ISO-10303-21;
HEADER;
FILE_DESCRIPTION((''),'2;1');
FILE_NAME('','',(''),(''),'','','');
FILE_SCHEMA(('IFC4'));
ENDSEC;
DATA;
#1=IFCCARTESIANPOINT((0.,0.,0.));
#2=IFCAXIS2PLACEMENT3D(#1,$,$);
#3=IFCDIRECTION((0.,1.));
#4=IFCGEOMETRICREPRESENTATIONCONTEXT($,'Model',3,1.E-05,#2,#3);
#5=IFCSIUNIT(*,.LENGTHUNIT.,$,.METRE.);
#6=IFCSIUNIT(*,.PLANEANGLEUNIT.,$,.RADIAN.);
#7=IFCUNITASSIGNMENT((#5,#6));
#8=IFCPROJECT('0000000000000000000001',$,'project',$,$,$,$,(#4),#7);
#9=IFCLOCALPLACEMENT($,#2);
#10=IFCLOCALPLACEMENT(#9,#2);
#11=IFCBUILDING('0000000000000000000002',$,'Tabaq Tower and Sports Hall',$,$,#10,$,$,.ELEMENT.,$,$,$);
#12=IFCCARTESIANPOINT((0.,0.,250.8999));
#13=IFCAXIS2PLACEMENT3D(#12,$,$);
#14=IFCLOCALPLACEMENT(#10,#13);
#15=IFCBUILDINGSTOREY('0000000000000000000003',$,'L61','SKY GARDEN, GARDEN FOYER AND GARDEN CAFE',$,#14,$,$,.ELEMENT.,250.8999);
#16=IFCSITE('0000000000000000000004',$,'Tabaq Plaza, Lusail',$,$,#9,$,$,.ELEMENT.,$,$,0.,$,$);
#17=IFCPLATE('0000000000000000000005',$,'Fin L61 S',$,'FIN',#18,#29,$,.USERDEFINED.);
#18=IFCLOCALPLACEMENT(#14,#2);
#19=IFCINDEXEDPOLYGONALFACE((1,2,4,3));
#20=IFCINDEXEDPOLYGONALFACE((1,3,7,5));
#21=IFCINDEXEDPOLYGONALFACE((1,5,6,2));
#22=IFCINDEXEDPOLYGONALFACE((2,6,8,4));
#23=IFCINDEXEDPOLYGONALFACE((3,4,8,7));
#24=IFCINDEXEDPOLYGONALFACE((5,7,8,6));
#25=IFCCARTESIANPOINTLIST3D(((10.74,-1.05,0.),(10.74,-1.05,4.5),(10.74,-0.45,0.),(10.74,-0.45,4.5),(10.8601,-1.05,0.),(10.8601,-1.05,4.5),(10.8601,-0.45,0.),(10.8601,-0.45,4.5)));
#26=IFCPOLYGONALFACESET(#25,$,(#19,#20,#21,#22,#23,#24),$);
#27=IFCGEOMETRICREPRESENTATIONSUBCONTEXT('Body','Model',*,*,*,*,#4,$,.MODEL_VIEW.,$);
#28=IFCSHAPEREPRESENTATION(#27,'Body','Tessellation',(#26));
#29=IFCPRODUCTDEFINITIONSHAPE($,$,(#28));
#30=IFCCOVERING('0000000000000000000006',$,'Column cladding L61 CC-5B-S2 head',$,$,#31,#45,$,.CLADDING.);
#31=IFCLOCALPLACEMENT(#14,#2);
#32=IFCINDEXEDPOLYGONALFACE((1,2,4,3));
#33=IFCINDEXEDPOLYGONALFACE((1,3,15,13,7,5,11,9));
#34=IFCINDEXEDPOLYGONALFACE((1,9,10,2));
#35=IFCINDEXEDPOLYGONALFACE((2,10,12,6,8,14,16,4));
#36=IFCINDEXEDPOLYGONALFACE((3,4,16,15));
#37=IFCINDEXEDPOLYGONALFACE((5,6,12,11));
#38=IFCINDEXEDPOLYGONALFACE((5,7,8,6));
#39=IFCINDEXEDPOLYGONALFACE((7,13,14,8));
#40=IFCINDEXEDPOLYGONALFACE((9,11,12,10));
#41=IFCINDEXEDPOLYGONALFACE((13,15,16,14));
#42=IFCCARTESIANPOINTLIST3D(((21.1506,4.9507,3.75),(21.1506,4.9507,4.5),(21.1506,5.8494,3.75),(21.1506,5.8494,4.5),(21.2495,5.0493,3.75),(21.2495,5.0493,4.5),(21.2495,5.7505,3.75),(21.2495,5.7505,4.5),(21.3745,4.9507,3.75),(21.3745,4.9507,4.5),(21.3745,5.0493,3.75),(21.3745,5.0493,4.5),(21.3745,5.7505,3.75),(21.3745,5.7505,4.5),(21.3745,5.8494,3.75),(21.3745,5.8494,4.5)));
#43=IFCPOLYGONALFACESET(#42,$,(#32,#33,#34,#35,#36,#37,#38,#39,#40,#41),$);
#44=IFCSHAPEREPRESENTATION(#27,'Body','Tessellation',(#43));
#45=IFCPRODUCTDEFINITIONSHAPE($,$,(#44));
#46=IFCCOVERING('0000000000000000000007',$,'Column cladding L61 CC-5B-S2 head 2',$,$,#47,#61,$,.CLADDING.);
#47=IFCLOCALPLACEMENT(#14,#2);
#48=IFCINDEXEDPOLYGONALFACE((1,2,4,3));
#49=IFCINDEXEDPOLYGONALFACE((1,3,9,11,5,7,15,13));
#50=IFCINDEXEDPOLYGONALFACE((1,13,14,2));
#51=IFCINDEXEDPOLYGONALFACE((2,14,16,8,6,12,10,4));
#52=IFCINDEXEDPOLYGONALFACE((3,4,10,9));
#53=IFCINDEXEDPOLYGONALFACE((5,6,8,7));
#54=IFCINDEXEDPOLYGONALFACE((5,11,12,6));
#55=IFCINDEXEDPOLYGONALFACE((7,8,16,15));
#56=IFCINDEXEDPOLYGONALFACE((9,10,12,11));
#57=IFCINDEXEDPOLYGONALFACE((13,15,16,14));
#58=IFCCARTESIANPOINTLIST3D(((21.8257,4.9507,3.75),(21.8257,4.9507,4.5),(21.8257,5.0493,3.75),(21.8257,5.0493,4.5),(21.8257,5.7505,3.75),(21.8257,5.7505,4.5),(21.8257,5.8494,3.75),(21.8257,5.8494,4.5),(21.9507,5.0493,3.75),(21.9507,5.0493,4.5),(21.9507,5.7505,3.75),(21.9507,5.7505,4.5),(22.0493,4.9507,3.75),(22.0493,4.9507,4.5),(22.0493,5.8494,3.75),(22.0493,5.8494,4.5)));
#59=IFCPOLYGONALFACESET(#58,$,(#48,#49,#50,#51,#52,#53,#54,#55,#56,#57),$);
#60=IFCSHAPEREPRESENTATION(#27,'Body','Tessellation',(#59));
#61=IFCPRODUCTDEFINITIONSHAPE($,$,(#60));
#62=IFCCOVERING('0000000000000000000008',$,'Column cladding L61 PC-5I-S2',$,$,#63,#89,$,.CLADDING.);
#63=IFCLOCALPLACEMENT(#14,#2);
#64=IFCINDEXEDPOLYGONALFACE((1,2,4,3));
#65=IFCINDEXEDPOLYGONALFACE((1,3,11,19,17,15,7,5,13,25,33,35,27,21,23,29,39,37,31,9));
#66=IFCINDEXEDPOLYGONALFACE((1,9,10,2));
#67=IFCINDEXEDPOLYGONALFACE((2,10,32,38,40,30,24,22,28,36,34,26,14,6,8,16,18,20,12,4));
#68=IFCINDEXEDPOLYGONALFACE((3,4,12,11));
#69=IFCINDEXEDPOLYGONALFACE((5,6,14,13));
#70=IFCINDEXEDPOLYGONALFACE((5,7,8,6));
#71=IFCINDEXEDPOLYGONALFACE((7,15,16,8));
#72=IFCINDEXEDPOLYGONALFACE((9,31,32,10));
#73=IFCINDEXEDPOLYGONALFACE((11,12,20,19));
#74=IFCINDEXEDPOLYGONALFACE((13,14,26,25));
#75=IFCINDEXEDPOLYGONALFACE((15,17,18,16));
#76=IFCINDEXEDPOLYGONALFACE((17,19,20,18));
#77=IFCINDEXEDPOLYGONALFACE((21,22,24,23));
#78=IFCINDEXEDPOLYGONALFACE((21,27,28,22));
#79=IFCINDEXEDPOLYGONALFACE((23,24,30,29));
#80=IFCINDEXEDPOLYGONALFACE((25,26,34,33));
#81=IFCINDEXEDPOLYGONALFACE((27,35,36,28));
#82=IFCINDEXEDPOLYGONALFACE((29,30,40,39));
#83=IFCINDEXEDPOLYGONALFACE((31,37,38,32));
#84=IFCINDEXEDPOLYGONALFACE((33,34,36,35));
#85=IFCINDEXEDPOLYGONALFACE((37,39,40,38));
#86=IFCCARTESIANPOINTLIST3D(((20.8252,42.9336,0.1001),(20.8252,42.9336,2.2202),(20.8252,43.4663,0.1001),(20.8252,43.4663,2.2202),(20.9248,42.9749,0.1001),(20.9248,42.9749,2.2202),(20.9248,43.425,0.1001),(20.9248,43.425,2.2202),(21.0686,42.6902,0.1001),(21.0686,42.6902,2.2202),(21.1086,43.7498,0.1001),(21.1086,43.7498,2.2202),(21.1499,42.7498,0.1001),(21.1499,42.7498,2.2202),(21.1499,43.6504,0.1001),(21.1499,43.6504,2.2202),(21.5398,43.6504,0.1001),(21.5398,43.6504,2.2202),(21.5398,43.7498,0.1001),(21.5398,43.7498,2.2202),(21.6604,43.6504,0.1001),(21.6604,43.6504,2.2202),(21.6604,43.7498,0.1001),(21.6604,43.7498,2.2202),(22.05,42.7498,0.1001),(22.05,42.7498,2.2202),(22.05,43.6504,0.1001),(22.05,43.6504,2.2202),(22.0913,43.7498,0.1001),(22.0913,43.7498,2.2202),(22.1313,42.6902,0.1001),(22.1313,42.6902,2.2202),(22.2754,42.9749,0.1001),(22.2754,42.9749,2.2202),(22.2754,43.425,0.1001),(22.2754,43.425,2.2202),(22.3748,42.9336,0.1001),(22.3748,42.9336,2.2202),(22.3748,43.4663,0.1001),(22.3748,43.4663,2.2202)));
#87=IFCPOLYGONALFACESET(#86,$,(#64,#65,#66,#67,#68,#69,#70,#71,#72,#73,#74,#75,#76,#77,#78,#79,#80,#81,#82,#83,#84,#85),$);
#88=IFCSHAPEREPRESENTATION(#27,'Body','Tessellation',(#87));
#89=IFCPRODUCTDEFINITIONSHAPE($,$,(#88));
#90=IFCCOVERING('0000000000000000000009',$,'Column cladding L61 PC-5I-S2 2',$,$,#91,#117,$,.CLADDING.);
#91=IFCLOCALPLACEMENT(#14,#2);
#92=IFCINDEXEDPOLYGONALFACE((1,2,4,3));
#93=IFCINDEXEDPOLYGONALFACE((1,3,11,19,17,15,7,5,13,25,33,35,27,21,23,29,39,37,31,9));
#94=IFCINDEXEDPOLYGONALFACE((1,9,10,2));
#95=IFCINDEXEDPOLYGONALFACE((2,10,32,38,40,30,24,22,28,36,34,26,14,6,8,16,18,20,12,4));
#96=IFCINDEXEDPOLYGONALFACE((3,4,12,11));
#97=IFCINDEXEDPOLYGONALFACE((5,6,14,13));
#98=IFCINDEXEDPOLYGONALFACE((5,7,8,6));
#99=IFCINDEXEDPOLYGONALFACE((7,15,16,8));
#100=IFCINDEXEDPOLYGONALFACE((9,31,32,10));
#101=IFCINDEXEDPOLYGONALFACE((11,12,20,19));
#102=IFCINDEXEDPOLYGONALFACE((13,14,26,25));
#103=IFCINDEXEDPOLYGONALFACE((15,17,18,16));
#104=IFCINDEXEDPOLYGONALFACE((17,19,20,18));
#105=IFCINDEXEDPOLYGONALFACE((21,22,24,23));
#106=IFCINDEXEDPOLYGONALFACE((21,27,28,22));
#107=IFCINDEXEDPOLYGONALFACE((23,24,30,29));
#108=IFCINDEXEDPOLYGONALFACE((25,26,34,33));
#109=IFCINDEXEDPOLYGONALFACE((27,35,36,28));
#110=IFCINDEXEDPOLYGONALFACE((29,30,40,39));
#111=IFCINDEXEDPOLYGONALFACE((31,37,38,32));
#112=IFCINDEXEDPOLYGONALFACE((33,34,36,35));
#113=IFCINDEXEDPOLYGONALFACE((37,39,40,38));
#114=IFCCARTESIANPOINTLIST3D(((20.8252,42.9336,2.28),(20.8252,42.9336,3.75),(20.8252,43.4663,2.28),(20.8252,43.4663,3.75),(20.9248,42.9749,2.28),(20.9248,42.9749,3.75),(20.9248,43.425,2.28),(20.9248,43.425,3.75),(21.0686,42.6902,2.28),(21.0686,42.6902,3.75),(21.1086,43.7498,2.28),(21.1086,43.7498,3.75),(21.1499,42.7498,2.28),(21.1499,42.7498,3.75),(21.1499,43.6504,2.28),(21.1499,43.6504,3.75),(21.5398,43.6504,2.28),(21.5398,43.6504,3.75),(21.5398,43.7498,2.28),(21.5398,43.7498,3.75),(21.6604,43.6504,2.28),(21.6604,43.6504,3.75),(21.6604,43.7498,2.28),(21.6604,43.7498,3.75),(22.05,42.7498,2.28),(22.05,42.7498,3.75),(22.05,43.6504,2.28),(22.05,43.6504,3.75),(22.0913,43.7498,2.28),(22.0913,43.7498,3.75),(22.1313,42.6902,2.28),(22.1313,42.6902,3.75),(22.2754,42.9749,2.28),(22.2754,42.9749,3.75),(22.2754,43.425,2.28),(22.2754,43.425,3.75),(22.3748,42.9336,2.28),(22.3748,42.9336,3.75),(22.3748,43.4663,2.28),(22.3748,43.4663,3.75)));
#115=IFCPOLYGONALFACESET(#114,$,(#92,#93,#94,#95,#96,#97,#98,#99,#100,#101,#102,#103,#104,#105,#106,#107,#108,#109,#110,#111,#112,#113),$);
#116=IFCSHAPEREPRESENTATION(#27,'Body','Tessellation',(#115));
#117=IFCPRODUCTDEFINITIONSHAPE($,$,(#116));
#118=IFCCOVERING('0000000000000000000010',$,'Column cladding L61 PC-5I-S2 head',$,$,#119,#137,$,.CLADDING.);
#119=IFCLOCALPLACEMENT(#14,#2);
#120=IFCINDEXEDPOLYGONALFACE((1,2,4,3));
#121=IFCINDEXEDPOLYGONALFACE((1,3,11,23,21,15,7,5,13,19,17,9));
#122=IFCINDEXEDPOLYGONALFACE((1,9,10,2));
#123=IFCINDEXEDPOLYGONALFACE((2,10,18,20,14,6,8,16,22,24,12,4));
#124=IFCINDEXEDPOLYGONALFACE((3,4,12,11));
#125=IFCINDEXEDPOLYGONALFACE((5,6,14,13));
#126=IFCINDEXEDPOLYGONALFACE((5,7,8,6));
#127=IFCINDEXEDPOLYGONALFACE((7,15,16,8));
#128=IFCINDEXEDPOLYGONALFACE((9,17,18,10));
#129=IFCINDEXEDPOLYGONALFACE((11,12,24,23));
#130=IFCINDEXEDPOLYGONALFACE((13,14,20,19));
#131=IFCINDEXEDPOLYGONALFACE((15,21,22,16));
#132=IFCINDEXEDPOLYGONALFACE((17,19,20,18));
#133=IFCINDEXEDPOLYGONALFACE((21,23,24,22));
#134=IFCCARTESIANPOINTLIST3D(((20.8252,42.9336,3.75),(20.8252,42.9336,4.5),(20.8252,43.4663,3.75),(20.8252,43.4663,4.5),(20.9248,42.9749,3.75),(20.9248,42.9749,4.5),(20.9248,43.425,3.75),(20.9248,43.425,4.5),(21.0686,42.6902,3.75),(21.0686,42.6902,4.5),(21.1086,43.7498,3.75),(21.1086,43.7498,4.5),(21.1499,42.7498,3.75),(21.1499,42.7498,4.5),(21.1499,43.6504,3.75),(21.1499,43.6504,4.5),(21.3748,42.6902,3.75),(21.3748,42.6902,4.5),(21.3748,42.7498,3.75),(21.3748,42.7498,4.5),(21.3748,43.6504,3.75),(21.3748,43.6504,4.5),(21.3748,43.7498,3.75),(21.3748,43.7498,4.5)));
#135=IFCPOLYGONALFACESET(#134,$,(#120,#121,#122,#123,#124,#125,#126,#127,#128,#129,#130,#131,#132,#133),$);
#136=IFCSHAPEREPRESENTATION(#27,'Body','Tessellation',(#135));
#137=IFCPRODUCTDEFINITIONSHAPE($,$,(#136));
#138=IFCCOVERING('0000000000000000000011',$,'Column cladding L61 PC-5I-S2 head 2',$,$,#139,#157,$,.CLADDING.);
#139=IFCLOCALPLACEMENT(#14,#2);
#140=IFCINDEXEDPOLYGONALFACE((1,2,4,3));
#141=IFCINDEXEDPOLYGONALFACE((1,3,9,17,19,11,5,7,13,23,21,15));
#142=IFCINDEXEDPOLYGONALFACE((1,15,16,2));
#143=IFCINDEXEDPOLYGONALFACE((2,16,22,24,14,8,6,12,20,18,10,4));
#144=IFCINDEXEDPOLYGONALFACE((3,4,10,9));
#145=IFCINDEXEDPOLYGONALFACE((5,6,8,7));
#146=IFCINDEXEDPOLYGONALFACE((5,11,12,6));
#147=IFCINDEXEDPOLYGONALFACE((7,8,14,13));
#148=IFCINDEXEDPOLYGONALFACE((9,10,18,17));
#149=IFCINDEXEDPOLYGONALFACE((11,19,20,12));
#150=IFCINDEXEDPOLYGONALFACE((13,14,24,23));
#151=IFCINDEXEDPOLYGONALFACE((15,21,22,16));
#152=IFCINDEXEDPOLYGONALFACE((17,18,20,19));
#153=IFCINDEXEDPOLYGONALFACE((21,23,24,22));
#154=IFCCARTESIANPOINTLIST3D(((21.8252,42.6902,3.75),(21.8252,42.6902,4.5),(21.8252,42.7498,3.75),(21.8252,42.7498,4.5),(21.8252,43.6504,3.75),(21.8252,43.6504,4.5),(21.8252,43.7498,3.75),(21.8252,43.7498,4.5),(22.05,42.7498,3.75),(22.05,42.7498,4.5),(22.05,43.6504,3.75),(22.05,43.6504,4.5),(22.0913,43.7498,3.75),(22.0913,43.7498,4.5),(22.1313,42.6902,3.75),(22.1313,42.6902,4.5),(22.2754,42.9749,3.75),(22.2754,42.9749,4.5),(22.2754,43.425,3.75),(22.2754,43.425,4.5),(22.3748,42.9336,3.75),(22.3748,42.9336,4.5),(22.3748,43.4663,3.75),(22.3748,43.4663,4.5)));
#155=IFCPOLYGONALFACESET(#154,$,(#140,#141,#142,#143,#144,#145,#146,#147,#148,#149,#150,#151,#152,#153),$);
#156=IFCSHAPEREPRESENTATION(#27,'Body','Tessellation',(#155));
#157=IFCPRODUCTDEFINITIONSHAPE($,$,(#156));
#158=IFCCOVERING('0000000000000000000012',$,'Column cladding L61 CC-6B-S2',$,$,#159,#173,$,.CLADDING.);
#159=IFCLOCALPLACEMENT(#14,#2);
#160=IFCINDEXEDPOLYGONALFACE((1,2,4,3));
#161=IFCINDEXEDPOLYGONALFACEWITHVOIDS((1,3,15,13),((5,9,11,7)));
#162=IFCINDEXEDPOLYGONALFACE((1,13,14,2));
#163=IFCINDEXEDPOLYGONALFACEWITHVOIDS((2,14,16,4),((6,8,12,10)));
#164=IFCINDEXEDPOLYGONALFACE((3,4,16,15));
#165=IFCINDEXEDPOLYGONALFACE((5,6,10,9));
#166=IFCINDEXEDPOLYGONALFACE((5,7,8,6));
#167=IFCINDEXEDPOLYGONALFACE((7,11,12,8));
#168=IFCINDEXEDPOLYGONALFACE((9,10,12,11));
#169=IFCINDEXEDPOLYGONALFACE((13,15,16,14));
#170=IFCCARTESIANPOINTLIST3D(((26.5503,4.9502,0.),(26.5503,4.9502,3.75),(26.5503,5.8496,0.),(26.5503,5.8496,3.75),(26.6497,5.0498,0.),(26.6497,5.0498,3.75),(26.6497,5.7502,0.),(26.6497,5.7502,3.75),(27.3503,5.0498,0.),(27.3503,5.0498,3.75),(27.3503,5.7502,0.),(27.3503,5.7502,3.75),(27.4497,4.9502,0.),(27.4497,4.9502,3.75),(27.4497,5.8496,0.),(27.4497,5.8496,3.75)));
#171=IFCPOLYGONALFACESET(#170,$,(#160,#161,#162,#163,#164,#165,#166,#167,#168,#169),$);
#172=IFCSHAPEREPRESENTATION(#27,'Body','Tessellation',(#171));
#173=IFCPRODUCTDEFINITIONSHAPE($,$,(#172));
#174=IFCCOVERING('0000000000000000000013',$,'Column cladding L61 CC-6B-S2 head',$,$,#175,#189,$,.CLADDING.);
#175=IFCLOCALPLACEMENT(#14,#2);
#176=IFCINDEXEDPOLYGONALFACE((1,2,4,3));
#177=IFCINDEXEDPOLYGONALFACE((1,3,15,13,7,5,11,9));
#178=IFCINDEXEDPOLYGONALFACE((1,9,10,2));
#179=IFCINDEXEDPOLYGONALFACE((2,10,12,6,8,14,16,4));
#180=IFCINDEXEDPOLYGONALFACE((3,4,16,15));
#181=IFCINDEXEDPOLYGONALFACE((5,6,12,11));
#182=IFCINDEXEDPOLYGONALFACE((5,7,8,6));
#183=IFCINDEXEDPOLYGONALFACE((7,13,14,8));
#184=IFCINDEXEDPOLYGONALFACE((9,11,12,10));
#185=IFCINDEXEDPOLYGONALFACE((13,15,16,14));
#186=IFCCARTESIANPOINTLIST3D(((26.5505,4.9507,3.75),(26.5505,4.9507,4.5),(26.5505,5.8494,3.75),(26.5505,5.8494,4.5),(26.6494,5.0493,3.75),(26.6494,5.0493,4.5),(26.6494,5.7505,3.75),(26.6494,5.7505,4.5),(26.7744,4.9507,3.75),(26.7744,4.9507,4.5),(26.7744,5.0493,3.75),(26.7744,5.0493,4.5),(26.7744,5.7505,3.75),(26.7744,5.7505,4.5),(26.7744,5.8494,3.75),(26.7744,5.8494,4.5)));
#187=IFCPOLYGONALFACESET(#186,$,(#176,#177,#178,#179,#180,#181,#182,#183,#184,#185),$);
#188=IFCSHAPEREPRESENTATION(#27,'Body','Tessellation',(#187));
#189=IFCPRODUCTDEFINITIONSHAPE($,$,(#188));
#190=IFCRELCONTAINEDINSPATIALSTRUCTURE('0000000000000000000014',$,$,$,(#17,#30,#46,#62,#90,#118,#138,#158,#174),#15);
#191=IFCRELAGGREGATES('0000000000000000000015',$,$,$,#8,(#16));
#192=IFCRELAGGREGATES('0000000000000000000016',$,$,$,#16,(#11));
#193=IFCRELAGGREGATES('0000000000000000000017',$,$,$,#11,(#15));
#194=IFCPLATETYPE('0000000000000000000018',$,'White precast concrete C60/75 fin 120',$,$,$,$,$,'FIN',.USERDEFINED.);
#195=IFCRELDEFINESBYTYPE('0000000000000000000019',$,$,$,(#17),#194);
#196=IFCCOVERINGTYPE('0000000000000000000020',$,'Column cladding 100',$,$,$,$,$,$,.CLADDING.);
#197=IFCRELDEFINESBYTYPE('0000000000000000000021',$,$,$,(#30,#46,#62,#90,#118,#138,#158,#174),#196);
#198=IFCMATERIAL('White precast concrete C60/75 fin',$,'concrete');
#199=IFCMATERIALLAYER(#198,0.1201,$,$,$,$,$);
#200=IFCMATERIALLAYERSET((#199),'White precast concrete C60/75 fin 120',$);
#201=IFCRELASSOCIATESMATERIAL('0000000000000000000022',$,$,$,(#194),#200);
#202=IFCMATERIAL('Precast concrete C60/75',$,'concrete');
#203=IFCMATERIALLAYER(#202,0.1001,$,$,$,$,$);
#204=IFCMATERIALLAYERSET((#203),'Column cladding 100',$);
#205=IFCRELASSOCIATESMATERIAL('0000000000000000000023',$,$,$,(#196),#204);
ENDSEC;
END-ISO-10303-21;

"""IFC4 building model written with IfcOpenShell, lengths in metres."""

from ifc_helpers import new_model, si_unit, direction, frame, origin, origin_2d, place, context, subcontext, project, spatial, polyline, rectangle, outline, extrude, material, layer, layer_set, type_object, element, save


model = new_model("IFC4")

# Units and contexts
model_context = context("Model", 3, precision=1e-05, world=origin(), true_north=direction((0.0, 1.0)))
body_context = subcontext(model_context, "Body", "Model", "MODEL_VIEW")
ifc_project = project(units=[si_unit("LENGTHUNIT", "METRE"), si_unit("PLANEANGLEUNIT", "RADIAN")], contexts=[model_context])

# Site, building, storey
site_placement = place(None, origin())
site = spatial("IfcSite", under=ifc_project, at=site_placement, Name="Tabaq Plaza, Lusail", CompositionType="ELEMENT", RefElevation=0.0)
building_placement = place(site_placement, origin())
building = spatial("IfcBuilding", under=site, at=building_placement, Name="Tabaq Tower and Sports Hall", CompositionType="ELEMENT")
storey_placement = place(building_placement, frame((0.0, 0.0, 250.8999)))
storey = spatial("IfcBuildingStorey", under=building, at=storey_placement, Name="L61", Description="SKY GARDEN, GARDEN FOYER AND GARDEN CAFE", CompositionType="ELEMENT", Elevation=250.8999)

# Plate
ifc_material_1 = material(Name="White precast concrete C60/75 fin", Category="concrete")
ifc_layer_1 = layer(ifc_material_1, 0.1201)
ifc_layer_set_1 = layer_set([ifc_layer_1], Name="White precast concrete C60/75 fin 120")
plate_type = type_object("IfcPlateType", Name="White precast concrete C60/75 fin 120", ElementType="FIN", PredefinedType="USERDEFINED", material=ifc_layer_set_1)
plate_placement = place(storey_placement, frame((10.8, -0.75, 0.0), z_axis=(0.0, 0.0, 1.0), x_axis=(1.0, 0.0, 0.0)))
element("IfcPlate", 1, at=plate_placement, inside=storey, type_object=plate_type, Name="Fin L61 S", ObjectType="FIN", PredefinedType="USERDEFINED", context=body_context, shape_type="SweptSolid", body=[
    extrude(rectangle(XDim=0.1201, YDim=0.6001, at=origin_2d()), origin(), (0.0, 0.0, 1.0), 4.5),
])

# Coverings
ifc_material_2 = material(Name="Precast concrete C60/75", Category="concrete")
ifc_layer_2 = layer(ifc_material_2, 0.1001)
ifc_layer_set_2 = layer_set([ifc_layer_2], Name="Column cladding 100")
covering_type = type_object("IfcCoveringType", Name="Column cladding 100", PredefinedType="CLADDING", material=ifc_layer_set_2)
covering_1_placement = place(storey_placement, frame((0.0, 0.0, 3.75)))
element("IfcCovering", 2, at=covering_1_placement, inside=storey, type_object=covering_type, Name="Column cladding L61 CC-5B-S2 head", PredefinedType="CLADDING", context=body_context, shape_type="SweptSolid", body=[
    extrude(outline(polyline([(21.3745, 5.0493), (21.3745, 4.9507), (21.1506, 4.9507), (21.1506, 5.8494), (21.3745, 5.8494), (21.3745, 5.7505), (21.2495, 5.7505), (21.2495, 5.0493), (21.3745, 5.0493)])), origin(), (0.0, 0.0, 1.0), 0.75),
])
covering_2_placement = place(storey_placement, frame((0.0, 0.0, 3.75)))
element("IfcCovering", 3, at=covering_2_placement, inside=storey, type_object=covering_type, Name="Column cladding L61 CC-5B-S2 head 2", PredefinedType="CLADDING", context=body_context, shape_type="SweptSolid", body=[
    extrude(outline(polyline([(21.8257, 5.0493), (21.9507, 5.0493), (21.9507, 5.7505), (21.8257, 5.7505), (21.8257, 5.8494), (22.0493, 5.8494), (22.0493, 4.9507), (21.8257, 4.9507), (21.8257, 5.0493)])), origin(), (0.0, 0.0, 1.0), 0.75),
])
covering_3_placement = place(storey_placement, frame((0.0, 0.0, 0.1001)))
element("IfcCovering", 4, at=covering_3_placement, inside=storey, type_object=covering_type, Name="Column cladding L61 PC-5I-S2", PredefinedType="CLADDING", context=body_context, shape_type="SweptSolid", body=[
    extrude(outline(polyline([(20.8252, 43.4663), (21.1086, 43.7498), (21.5398, 43.7498), (21.5398, 43.6504), (21.1499, 43.6504), (20.9248, 43.425), (20.9248, 42.9749), (21.1499, 42.7498), (22.05, 42.7498), (22.2754, 42.9749), (22.2754, 43.425), (22.05, 43.6504), (21.6604, 43.6504), (21.6604, 43.7498), (22.0913, 43.7498), (22.3748, 43.4663), (22.3748, 42.9336), (22.1313, 42.6902), (21.0686, 42.6902), (20.8252, 42.9336), (20.8252, 43.4663)])), origin(), (0.0, 0.0, 1.0), 2.1201),
])
covering_4_placement = place(storey_placement, frame((0.0, 0.0, 2.28)))
element("IfcCovering", 5, at=covering_4_placement, inside=storey, type_object=covering_type, Name="Column cladding L61 PC-5I-S2 2", PredefinedType="CLADDING", context=body_context, shape_type="SweptSolid", body=[
    extrude(outline(polyline([(20.8252, 43.4663), (21.1086, 43.7498), (21.5398, 43.7498), (21.5398, 43.6504), (21.1499, 43.6504), (20.9248, 43.425), (20.9248, 42.9749), (21.1499, 42.7498), (22.05, 42.7498), (22.2754, 42.9749), (22.2754, 43.425), (22.05, 43.6504), (21.6604, 43.6504), (21.6604, 43.7498), (22.0913, 43.7498), (22.3748, 43.4663), (22.3748, 42.9336), (22.1313, 42.6902), (21.0686, 42.6902), (20.8252, 42.9336), (20.8252, 43.4663)])), origin(), (0.0, 0.0, 1.0), 1.47),
])
covering_5_placement = place(storey_placement, frame((0.0, 0.0, 3.75)))
element("IfcCovering", 6, at=covering_5_placement, inside=storey, type_object=covering_type, Name="Column cladding L61 PC-5I-S2 head", PredefinedType="CLADDING", context=body_context, shape_type="SweptSolid", body=[
    extrude(outline(polyline([(21.1086, 43.7498), (21.3748, 43.7498), (21.3748, 43.6504), (21.1499, 43.6504), (20.9248, 43.425), (20.9248, 42.9749), (21.1499, 42.7498), (21.3748, 42.7498), (21.3748, 42.6902), (21.0686, 42.6902), (20.8252, 42.9336), (20.8252, 43.4663), (21.1086, 43.7498)])), origin(), (0.0, 0.0, 1.0), 0.75),
])
covering_6_placement = place(storey_placement, frame((0.0, 0.0, 3.75)))
element("IfcCovering", 7, at=covering_6_placement, inside=storey, type_object=covering_type, Name="Column cladding L61 PC-5I-S2 head 2", PredefinedType="CLADDING", context=body_context, shape_type="SweptSolid", body=[
    extrude(outline(polyline([(22.05, 42.7498), (22.2754, 42.9749), (22.2754, 43.425), (22.05, 43.6504), (21.8252, 43.6504), (21.8252, 43.7498), (22.0913, 43.7498), (22.3748, 43.4663), (22.3748, 42.9336), (22.1313, 42.6902), (21.8252, 42.6902), (21.8252, 42.7498), (22.05, 42.7498)])), origin(), (0.0, 0.0, 1.0), 0.75),
])
covering_7_placement = place(storey_placement, origin())
element("IfcCovering", 8, at=covering_7_placement, inside=storey, type_object=covering_type, Name="Column cladding L61 CC-6B-S2", PredefinedType="CLADDING", context=body_context, shape_type="SweptSolid", body=[
    extrude(outline(polyline([(26.5503, 5.8496), (27.4497, 5.8496), (27.4497, 4.9502), (26.5503, 4.9502), (26.5503, 5.8496)]), holes=[polyline([(27.3503, 5.0498), (27.3503, 5.7502), (26.6497, 5.7502), (26.6497, 5.0498), (27.3503, 5.0498)])]), origin(), (0.0, 0.0, 1.0), 3.75),
])
covering_8_placement = place(storey_placement, frame((0.0, 0.0, 3.75)))
element("IfcCovering", 9, at=covering_8_placement, inside=storey, type_object=covering_type, Name="Column cladding L61 CC-6B-S2 head", PredefinedType="CLADDING", context=body_context, shape_type="SweptSolid", body=[
    extrude(outline(polyline([(26.7744, 5.0493), (26.7744, 4.9507), (26.5505, 4.9507), (26.5505, 5.8494), (26.7744, 5.8494), (26.7744, 5.7505), (26.6494, 5.7505), (26.6494, 5.0493), (26.7744, 5.0493)])), origin(), (0.0, 0.0, 1.0), 0.75),
])

save(model, "model.ifc")
